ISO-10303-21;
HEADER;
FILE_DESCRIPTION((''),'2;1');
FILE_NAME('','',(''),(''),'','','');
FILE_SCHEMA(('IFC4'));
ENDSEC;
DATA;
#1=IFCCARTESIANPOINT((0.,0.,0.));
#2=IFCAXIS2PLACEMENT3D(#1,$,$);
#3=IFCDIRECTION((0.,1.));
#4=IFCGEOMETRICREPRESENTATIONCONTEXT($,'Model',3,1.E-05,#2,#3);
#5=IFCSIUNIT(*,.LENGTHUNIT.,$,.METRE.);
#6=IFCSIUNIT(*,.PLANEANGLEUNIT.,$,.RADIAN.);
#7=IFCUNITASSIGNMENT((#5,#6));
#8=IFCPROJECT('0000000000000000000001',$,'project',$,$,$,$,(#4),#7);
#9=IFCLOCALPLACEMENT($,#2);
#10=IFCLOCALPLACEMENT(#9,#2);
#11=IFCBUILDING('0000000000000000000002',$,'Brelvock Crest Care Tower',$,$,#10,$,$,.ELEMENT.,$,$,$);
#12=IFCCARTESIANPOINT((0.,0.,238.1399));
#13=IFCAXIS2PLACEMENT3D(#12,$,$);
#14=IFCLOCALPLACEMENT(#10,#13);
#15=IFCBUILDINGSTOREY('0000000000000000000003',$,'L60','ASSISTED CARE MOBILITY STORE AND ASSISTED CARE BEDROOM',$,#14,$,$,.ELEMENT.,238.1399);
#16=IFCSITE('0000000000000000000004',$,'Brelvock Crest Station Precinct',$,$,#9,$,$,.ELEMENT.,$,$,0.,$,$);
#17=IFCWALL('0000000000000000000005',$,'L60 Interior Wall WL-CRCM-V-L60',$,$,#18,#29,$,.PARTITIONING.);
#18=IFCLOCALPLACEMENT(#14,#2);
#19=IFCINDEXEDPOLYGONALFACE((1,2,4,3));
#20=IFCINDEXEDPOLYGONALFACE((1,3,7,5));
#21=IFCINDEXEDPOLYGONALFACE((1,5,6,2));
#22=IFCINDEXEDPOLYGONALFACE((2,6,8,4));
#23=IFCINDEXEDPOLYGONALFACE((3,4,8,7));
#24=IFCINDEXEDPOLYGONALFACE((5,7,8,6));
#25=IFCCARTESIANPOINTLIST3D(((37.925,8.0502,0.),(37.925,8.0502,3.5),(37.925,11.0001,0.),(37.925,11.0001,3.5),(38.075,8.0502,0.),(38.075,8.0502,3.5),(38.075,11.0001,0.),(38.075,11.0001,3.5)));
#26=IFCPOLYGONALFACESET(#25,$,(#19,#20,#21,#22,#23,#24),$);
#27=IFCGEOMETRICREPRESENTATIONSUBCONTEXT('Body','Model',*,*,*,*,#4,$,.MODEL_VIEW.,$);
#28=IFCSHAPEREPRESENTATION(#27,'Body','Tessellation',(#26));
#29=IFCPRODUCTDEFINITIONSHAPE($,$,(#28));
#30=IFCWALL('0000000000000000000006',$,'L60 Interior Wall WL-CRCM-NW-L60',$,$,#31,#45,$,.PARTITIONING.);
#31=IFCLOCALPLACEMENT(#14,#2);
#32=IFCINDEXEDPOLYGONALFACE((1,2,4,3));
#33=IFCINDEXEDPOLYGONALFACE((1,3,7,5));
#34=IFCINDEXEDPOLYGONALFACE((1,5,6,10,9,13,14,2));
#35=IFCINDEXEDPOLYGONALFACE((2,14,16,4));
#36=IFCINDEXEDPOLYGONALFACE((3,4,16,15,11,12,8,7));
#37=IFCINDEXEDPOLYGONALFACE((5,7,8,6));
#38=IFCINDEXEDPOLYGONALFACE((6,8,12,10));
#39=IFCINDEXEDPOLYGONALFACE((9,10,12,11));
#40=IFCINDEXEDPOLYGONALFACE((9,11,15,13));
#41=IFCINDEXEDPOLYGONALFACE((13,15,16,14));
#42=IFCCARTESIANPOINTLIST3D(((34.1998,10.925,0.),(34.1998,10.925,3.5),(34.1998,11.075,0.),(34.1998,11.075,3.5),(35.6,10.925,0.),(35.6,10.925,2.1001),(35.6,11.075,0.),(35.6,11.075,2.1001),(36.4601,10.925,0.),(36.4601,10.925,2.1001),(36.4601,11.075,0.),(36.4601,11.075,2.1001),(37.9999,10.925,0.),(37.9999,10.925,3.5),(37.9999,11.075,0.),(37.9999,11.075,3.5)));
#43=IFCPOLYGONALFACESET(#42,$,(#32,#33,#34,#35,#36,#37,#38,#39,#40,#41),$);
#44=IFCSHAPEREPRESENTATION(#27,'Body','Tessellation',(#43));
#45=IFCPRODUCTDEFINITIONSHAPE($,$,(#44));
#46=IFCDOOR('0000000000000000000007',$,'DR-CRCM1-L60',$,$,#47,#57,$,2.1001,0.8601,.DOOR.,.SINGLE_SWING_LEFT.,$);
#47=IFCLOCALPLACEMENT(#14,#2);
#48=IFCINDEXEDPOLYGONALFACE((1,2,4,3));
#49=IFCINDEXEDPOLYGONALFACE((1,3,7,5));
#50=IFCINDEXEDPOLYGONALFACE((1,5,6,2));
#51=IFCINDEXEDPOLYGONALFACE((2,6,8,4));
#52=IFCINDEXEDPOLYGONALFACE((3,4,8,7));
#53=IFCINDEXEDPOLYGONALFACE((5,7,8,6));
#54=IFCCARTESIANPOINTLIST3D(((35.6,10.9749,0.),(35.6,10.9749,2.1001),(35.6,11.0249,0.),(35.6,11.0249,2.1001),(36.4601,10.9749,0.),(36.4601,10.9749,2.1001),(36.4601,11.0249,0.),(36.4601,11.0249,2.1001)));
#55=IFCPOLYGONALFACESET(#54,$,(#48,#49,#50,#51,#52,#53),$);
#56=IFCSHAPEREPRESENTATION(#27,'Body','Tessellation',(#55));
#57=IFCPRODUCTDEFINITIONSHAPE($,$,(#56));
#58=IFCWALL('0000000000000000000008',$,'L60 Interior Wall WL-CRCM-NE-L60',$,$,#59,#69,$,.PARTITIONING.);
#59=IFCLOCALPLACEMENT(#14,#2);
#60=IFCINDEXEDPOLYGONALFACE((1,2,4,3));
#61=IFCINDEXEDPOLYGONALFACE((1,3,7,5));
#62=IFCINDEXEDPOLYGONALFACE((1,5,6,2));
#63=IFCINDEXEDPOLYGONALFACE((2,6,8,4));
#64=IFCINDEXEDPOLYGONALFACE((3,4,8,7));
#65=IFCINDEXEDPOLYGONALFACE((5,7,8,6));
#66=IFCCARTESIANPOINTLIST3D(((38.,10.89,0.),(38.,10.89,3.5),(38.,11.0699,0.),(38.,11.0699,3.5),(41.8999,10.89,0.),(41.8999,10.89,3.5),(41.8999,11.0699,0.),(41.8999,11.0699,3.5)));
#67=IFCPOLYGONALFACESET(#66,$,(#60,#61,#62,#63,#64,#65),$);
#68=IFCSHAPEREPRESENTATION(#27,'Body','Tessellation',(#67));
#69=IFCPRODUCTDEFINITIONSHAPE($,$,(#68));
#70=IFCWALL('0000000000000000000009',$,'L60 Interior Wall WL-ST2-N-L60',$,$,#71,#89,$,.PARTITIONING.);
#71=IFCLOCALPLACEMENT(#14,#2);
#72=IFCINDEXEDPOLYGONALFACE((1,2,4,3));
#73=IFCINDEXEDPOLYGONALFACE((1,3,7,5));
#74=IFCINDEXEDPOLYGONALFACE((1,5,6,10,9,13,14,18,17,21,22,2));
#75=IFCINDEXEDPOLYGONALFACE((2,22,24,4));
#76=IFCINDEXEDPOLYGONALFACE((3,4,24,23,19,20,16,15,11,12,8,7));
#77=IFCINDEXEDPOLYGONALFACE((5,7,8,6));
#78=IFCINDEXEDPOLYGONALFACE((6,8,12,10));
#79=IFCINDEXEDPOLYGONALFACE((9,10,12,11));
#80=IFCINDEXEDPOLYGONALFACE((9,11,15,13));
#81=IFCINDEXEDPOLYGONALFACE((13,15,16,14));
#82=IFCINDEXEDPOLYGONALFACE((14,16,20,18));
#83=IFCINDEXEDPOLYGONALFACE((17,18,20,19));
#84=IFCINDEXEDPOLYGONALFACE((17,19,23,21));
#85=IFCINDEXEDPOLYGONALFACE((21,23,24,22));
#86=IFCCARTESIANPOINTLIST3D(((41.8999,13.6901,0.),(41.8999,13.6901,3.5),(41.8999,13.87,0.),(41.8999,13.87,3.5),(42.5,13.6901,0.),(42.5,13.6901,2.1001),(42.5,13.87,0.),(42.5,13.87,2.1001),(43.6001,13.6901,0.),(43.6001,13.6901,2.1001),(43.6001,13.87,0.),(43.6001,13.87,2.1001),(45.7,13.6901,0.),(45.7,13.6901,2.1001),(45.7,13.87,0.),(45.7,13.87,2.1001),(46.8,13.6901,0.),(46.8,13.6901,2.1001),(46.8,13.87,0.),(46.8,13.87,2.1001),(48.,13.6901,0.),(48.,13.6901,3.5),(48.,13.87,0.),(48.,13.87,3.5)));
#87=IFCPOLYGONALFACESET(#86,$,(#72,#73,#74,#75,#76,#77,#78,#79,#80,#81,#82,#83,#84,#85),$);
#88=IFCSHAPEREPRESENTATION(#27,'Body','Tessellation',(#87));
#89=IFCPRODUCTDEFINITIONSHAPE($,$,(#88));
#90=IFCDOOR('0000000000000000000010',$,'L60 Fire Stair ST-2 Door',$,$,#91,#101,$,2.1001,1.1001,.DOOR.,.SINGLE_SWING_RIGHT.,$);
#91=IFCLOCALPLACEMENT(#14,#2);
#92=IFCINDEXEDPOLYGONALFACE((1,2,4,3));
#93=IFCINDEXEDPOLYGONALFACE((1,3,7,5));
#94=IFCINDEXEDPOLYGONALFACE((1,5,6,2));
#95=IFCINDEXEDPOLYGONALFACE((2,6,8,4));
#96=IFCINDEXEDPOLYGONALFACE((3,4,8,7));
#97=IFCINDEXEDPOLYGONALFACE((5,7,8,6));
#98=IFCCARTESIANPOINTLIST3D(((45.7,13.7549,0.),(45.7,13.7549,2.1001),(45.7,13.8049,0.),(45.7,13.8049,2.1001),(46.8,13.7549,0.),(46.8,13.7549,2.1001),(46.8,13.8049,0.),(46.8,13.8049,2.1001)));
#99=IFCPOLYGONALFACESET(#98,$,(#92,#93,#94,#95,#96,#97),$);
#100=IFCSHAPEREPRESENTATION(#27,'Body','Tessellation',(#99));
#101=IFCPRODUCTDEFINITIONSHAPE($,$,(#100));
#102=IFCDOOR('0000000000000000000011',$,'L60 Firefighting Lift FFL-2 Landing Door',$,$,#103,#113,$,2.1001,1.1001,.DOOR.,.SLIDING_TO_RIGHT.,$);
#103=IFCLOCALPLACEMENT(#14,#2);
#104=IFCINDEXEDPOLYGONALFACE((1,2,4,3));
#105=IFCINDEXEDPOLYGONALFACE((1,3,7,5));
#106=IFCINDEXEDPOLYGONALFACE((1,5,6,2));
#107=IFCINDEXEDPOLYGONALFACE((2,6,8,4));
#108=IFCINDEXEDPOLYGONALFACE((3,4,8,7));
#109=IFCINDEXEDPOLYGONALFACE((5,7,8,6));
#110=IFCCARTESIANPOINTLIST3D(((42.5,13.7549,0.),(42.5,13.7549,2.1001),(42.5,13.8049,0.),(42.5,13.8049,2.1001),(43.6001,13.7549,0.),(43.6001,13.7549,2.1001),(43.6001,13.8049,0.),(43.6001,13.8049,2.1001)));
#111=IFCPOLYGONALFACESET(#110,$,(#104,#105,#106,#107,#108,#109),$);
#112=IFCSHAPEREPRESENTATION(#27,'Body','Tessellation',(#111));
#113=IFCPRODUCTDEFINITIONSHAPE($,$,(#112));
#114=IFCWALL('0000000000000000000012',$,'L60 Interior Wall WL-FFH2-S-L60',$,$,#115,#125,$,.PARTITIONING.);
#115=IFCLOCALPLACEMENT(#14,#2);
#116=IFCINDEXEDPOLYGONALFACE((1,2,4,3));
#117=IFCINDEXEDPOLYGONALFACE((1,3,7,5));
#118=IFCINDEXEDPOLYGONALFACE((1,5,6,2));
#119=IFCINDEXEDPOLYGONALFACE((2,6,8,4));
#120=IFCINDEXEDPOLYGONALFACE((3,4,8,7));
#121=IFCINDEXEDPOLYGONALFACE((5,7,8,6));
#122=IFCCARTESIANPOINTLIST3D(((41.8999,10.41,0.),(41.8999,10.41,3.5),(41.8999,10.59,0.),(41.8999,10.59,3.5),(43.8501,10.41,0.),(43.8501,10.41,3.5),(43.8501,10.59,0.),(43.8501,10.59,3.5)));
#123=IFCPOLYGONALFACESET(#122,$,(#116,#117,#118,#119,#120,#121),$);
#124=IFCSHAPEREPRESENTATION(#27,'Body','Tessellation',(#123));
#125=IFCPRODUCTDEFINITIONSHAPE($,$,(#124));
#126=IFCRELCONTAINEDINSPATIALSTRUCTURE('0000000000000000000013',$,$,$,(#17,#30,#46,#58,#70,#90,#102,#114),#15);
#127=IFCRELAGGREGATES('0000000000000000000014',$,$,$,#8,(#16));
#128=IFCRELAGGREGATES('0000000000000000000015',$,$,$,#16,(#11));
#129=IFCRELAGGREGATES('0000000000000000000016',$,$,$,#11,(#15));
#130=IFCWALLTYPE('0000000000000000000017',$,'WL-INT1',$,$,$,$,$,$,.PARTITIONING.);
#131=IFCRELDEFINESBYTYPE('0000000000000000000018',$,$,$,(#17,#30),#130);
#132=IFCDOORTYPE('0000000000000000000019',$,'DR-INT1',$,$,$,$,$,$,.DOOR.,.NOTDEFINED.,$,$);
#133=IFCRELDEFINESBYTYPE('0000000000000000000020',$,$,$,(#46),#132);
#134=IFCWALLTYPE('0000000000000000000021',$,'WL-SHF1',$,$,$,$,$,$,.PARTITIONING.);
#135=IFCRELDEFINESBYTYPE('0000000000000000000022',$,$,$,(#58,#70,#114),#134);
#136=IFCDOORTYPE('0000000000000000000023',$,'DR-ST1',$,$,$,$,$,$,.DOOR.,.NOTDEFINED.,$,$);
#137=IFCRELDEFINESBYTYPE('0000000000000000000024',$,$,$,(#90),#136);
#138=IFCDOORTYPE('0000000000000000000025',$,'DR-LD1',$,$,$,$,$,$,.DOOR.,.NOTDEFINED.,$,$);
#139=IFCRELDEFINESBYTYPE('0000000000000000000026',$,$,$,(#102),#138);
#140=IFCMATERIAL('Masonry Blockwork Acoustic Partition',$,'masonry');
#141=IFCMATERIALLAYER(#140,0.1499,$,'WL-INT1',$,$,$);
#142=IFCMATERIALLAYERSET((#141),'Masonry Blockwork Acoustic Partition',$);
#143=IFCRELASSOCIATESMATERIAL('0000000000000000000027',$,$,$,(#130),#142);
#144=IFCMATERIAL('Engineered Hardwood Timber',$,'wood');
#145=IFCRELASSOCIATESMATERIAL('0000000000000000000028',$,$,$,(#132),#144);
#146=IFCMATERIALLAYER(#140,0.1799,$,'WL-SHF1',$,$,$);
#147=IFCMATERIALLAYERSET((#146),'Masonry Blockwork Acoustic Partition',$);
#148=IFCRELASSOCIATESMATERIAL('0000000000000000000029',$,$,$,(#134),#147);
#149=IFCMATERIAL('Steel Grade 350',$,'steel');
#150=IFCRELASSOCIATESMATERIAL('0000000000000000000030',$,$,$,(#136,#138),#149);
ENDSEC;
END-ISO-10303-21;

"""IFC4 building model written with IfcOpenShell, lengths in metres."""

from ifc_helpers import new_model, si_unit, direction, frame, frame_2d, origin, origin_2d, place, context, subcontext, project, spatial, rectangle, extrude, source, transform, mapped, material, layer, layer_set, type_object, element, fill, save


model = new_model("IFC4")

# Units and contexts
model_context = context("Model", 3, precision=1e-05, world=origin(), true_north=direction((0.0, 1.0)))
body_context = subcontext(model_context, "Body", "Model", "MODEL_VIEW")
ifc_project = project(units=[si_unit("LENGTHUNIT", "METRE"), si_unit("PLANEANGLEUNIT", "RADIAN")], contexts=[model_context])

# Site, building, storey
site_placement = place(None, origin())
site = spatial("IfcSite", under=ifc_project, at=site_placement, Name="Brelvock Crest Station Precinct", CompositionType="ELEMENT", RefElevation=0.0)
building_placement = place(site_placement, origin())
building = spatial("IfcBuilding", under=site, at=building_placement, Name="Brelvock Crest Care Tower", CompositionType="ELEMENT")
storey_placement = place(building_placement, frame((0.0, 0.0, 238.1399)))
storey = spatial("IfcBuildingStorey", under=building, at=storey_placement, Name="L60", Description="ASSISTED CARE MOBILITY STORE AND ASSISTED CARE BEDROOM", CompositionType="ELEMENT", Elevation=238.1399)

# Shared definitions
ifc_material_1 = material(Name="Steel Grade 350", Category="steel")

# Shared definitions
ifc_material_2 = material(Name="Masonry Blockwork Acoustic Partition", Category="masonry")
ifc_layer_1 = layer(ifc_material_2, 0.1499, Name="WL-INT1")
ifc_layer_set_1 = layer_set([ifc_layer_1], Name="Masonry Blockwork Acoustic Partition")
wall_type_1 = type_object("IfcWallType", Name="WL-INT1", PredefinedType="PARTITIONING", material=ifc_layer_set_1)
ifc_material_3 = material(Name="Engineered Hardwood Timber", Category="wood")
door_type_1 = type_object("IfcDoorType", Name="DR-INT1", OperationType="NOTDEFINED", PredefinedType="DOOR", material=ifc_material_3)
shared_shape_1 = source(origin(), body_context, "Body", "SweptSolid", [
    extrude(rectangle(XDim=0.8601, YDim=2.1001, at=origin_2d()), frame((0.4302, 0.0249, 1.05), z_axis=(0.0, -1.0, 0.0), x_axis=(1.0, 0.0, 0.0)), (0.0, 0.0, 1.0), 0.05),
])

# Wall
wall_1_placement = place(storey_placement, frame((38.0, 8.05, 0.0), z_axis=(0.0, 0.0, 1.0), x_axis=(0.0, 1.0, 0.0)))
element("IfcWall", 1, at=wall_1_placement, inside=storey, type_object=wall_type_1, Name="L60 Interior Wall WL-CRCM-V-L60", PredefinedType="PARTITIONING", context=body_context, shape_type="SweptSolid", body=[
    extrude(rectangle(XDim=2.95, YDim=0.1499, at=frame_2d((1.4751, 0.0))), origin(), (0.0, 0.0, 1.0), 3.5),
])

# Wall, opening, door
wall_2_placement = place(storey_placement, frame((34.2, 11.0, 0.0), z_axis=(0.0, 0.0, 1.0), x_axis=(1.0, 0.0, 0.0)))
wall_2 = element("IfcWall", 2, at=wall_2_placement, inside=storey, type_object=wall_type_1, Name="L60 Interior Wall WL-CRCM-NW-L60", PredefinedType="PARTITIONING", context=body_context, shape_type="SweptSolid", body=[
    extrude(rectangle(XDim=3.8, YDim=0.1499, at=frame_2d((1.8999, 0.0))), origin(), (0.0, 0.0, 1.0), 3.5),
])
opening_1_placement = place(wall_2_placement, frame((1.3999, 0.0, 0.0)))
opening_1 = element("IfcOpeningElement", 3, at=opening_1_placement, cuts=wall_2, PredefinedType="OPENING", context=body_context, shape_type="SweptSolid", body=[
    extrude(rectangle(XDim=0.8601, YDim=2.1001, at=origin_2d()), frame((0.4302, 0.085, 1.05), z_axis=(0.0, -1.0, 0.0), x_axis=(1.0, 0.0, 0.0)), (0.0, 0.0, 1.0), 0.1699),
])
door_1_placement = place(opening_1_placement, origin())
door_1 = element("IfcDoor", 4, at=door_1_placement, inside=storey, type_object=door_type_1, Name="DR-CRCM1-L60", OperationType="SINGLE_SWING_LEFT", OverallHeight=2.1001, OverallWidth=0.8601, PredefinedType="DOOR", context=body_context, shape_type="MappedRepresentation", body=[
    mapped(shared_shape_1, transform((0.0, 0.0, 0.0), x_axis=(1.0, 0.0, 0.0), y_axis=(0.0, 1.0, 0.0), z_axis=(0.0, 0.0, 1.0), scale=1.0)),
])
fill(opening_1, door_1)

# Wall
ifc_layer_2 = layer(ifc_material_2, 0.1799, Name="WL-SHF1")
ifc_layer_set_2 = layer_set([ifc_layer_2], Name="Masonry Blockwork Acoustic Partition")
wall_type_2 = type_object("IfcWallType", Name="WL-SHF1", PredefinedType="PARTITIONING", material=ifc_layer_set_2)
wall_3_placement = place(storey_placement, frame((38.0, 10.98, 0.0), z_axis=(0.0, 0.0, 1.0), x_axis=(1.0, 0.0, 0.0)))
element("IfcWall", 5, at=wall_3_placement, inside=storey, type_object=wall_type_2, Name="L60 Interior Wall WL-CRCM-NE-L60", PredefinedType="PARTITIONING", context=body_context, shape_type="SweptSolid", body=[
    extrude(rectangle(XDim=3.8999, YDim=0.1799, at=frame_2d((1.95, 0.0))), origin(), (0.0, 0.0, 1.0), 3.5),
])

# Wall, openings, doors
wall_4_placement = place(storey_placement, frame((41.8999, 13.78, 0.0), z_axis=(0.0, 0.0, 1.0), x_axis=(1.0, 0.0, 0.0)))
wall_4 = element("IfcWall", 6, at=wall_4_placement, inside=storey, type_object=wall_type_2, Name="L60 Interior Wall WL-ST2-N-L60", PredefinedType="PARTITIONING", context=body_context, shape_type="SweptSolid", body=[
    extrude(rectangle(XDim=6.1001, YDim=0.1799, at=frame_2d((3.05, 0.0))), origin(), (0.0, 0.0, 1.0), 3.5),
])
opening_2_placement = place(wall_4_placement, frame((0.6001, 0.0, 0.0)))
opening_2 = element("IfcOpeningElement", 7, at=opening_2_placement, cuts=wall_4, PredefinedType="OPENING", context=body_context, shape_type="SweptSolid", body=[
    extrude(rectangle(XDim=1.1001, YDim=2.1001, at=origin_2d()), frame((0.55, 0.1001, 1.05), z_axis=(0.0, -1.0, 0.0), x_axis=(1.0, 0.0, 0.0)), (0.0, 0.0, 1.0), 0.2),
])
opening_3_placement = place(wall_4_placement, frame((3.8, 0.0, 0.0)))
opening_3 = element("IfcOpeningElement", 8, at=opening_3_placement, cuts=wall_4, PredefinedType="OPENING", context=body_context, shape_type="SweptSolid", body=[
    extrude(rectangle(XDim=1.1001, YDim=2.1001, at=origin_2d()), frame((0.55, 0.1001, 1.05), z_axis=(0.0, -1.0, 0.0), x_axis=(1.0, 0.0, 0.0)), (0.0, 0.0, 1.0), 0.2),
])
door_type_2 = type_object("IfcDoorType", Name="DR-ST1", OperationType="NOTDEFINED", PredefinedType="DOOR", material=ifc_material_1)
shared_shape_2 = source(origin(), body_context, "Body", "SweptSolid", [
    extrude(rectangle(XDim=1.1001, YDim=2.1001, at=origin_2d()), frame((0.55, 0.0249, 1.05), z_axis=(0.0, -1.0, 0.0), x_axis=(1.0, 0.0, 0.0)), (0.0, 0.0, 1.0), 0.05),
])
door_2_placement = place(opening_3_placement, origin())
door_2 = element("IfcDoor", 9, at=door_2_placement, inside=storey, type_object=door_type_2, Name="L60 Fire Stair ST-2 Door", OperationType="SINGLE_SWING_RIGHT", OverallHeight=2.1001, OverallWidth=1.1001, PredefinedType="DOOR", context=body_context, shape_type="MappedRepresentation", body=[
    mapped(shared_shape_2, transform((0.0, 0.0, 0.0), x_axis=(1.0, 0.0, 0.0), y_axis=(0.0, 1.0, 0.0), z_axis=(0.0, 0.0, 1.0), scale=1.0)),
])
fill(opening_3, door_2)
door_type_3 = type_object("IfcDoorType", Name="DR-LD1", OperationType="NOTDEFINED", PredefinedType="DOOR", material=ifc_material_1)
shared_shape_3 = source(origin(), body_context, "Body", "SweptSolid", [
    extrude(rectangle(XDim=1.1001, YDim=2.1001, at=origin_2d()), frame((0.55, 0.0249, 1.05), z_axis=(0.0, -1.0, 0.0), x_axis=(1.0, 0.0, 0.0)), (0.0, 0.0, 1.0), 0.05),
])
door_3_placement = place(opening_2_placement, origin())
door_3 = element("IfcDoor", 10, at=door_3_placement, inside=storey, type_object=door_type_3, Name="L60 Firefighting Lift FFL-2 Landing Door", OperationType="SLIDING_TO_RIGHT", OverallHeight=2.1001, OverallWidth=1.1001, PredefinedType="DOOR", context=body_context, shape_type="MappedRepresentation", body=[
    mapped(shared_shape_3, transform((0.0, 0.0, 0.0), x_axis=(1.0, 0.0, 0.0), y_axis=(0.0, 1.0, 0.0), z_axis=(0.0, 0.0, 1.0), scale=1.0)),
])
fill(opening_2, door_3)

# Wall
wall_5_placement = place(storey_placement, frame((41.8999, 10.5, 0.0), z_axis=(0.0, 0.0, 1.0), x_axis=(1.0, 0.0, 0.0)))
element("IfcWall", 11, at=wall_5_placement, inside=storey, type_object=wall_type_2, Name="L60 Interior Wall WL-FFH2-S-L60", PredefinedType="PARTITIONING", context=body_context, shape_type="SweptSolid", body=[
    extrude(rectangle(XDim=1.9502, YDim=0.1799, at=frame_2d((0.9751, 0.0))), origin(), (0.0, 0.0, 1.0), 3.5),
])

save(model, "model.ifc")
